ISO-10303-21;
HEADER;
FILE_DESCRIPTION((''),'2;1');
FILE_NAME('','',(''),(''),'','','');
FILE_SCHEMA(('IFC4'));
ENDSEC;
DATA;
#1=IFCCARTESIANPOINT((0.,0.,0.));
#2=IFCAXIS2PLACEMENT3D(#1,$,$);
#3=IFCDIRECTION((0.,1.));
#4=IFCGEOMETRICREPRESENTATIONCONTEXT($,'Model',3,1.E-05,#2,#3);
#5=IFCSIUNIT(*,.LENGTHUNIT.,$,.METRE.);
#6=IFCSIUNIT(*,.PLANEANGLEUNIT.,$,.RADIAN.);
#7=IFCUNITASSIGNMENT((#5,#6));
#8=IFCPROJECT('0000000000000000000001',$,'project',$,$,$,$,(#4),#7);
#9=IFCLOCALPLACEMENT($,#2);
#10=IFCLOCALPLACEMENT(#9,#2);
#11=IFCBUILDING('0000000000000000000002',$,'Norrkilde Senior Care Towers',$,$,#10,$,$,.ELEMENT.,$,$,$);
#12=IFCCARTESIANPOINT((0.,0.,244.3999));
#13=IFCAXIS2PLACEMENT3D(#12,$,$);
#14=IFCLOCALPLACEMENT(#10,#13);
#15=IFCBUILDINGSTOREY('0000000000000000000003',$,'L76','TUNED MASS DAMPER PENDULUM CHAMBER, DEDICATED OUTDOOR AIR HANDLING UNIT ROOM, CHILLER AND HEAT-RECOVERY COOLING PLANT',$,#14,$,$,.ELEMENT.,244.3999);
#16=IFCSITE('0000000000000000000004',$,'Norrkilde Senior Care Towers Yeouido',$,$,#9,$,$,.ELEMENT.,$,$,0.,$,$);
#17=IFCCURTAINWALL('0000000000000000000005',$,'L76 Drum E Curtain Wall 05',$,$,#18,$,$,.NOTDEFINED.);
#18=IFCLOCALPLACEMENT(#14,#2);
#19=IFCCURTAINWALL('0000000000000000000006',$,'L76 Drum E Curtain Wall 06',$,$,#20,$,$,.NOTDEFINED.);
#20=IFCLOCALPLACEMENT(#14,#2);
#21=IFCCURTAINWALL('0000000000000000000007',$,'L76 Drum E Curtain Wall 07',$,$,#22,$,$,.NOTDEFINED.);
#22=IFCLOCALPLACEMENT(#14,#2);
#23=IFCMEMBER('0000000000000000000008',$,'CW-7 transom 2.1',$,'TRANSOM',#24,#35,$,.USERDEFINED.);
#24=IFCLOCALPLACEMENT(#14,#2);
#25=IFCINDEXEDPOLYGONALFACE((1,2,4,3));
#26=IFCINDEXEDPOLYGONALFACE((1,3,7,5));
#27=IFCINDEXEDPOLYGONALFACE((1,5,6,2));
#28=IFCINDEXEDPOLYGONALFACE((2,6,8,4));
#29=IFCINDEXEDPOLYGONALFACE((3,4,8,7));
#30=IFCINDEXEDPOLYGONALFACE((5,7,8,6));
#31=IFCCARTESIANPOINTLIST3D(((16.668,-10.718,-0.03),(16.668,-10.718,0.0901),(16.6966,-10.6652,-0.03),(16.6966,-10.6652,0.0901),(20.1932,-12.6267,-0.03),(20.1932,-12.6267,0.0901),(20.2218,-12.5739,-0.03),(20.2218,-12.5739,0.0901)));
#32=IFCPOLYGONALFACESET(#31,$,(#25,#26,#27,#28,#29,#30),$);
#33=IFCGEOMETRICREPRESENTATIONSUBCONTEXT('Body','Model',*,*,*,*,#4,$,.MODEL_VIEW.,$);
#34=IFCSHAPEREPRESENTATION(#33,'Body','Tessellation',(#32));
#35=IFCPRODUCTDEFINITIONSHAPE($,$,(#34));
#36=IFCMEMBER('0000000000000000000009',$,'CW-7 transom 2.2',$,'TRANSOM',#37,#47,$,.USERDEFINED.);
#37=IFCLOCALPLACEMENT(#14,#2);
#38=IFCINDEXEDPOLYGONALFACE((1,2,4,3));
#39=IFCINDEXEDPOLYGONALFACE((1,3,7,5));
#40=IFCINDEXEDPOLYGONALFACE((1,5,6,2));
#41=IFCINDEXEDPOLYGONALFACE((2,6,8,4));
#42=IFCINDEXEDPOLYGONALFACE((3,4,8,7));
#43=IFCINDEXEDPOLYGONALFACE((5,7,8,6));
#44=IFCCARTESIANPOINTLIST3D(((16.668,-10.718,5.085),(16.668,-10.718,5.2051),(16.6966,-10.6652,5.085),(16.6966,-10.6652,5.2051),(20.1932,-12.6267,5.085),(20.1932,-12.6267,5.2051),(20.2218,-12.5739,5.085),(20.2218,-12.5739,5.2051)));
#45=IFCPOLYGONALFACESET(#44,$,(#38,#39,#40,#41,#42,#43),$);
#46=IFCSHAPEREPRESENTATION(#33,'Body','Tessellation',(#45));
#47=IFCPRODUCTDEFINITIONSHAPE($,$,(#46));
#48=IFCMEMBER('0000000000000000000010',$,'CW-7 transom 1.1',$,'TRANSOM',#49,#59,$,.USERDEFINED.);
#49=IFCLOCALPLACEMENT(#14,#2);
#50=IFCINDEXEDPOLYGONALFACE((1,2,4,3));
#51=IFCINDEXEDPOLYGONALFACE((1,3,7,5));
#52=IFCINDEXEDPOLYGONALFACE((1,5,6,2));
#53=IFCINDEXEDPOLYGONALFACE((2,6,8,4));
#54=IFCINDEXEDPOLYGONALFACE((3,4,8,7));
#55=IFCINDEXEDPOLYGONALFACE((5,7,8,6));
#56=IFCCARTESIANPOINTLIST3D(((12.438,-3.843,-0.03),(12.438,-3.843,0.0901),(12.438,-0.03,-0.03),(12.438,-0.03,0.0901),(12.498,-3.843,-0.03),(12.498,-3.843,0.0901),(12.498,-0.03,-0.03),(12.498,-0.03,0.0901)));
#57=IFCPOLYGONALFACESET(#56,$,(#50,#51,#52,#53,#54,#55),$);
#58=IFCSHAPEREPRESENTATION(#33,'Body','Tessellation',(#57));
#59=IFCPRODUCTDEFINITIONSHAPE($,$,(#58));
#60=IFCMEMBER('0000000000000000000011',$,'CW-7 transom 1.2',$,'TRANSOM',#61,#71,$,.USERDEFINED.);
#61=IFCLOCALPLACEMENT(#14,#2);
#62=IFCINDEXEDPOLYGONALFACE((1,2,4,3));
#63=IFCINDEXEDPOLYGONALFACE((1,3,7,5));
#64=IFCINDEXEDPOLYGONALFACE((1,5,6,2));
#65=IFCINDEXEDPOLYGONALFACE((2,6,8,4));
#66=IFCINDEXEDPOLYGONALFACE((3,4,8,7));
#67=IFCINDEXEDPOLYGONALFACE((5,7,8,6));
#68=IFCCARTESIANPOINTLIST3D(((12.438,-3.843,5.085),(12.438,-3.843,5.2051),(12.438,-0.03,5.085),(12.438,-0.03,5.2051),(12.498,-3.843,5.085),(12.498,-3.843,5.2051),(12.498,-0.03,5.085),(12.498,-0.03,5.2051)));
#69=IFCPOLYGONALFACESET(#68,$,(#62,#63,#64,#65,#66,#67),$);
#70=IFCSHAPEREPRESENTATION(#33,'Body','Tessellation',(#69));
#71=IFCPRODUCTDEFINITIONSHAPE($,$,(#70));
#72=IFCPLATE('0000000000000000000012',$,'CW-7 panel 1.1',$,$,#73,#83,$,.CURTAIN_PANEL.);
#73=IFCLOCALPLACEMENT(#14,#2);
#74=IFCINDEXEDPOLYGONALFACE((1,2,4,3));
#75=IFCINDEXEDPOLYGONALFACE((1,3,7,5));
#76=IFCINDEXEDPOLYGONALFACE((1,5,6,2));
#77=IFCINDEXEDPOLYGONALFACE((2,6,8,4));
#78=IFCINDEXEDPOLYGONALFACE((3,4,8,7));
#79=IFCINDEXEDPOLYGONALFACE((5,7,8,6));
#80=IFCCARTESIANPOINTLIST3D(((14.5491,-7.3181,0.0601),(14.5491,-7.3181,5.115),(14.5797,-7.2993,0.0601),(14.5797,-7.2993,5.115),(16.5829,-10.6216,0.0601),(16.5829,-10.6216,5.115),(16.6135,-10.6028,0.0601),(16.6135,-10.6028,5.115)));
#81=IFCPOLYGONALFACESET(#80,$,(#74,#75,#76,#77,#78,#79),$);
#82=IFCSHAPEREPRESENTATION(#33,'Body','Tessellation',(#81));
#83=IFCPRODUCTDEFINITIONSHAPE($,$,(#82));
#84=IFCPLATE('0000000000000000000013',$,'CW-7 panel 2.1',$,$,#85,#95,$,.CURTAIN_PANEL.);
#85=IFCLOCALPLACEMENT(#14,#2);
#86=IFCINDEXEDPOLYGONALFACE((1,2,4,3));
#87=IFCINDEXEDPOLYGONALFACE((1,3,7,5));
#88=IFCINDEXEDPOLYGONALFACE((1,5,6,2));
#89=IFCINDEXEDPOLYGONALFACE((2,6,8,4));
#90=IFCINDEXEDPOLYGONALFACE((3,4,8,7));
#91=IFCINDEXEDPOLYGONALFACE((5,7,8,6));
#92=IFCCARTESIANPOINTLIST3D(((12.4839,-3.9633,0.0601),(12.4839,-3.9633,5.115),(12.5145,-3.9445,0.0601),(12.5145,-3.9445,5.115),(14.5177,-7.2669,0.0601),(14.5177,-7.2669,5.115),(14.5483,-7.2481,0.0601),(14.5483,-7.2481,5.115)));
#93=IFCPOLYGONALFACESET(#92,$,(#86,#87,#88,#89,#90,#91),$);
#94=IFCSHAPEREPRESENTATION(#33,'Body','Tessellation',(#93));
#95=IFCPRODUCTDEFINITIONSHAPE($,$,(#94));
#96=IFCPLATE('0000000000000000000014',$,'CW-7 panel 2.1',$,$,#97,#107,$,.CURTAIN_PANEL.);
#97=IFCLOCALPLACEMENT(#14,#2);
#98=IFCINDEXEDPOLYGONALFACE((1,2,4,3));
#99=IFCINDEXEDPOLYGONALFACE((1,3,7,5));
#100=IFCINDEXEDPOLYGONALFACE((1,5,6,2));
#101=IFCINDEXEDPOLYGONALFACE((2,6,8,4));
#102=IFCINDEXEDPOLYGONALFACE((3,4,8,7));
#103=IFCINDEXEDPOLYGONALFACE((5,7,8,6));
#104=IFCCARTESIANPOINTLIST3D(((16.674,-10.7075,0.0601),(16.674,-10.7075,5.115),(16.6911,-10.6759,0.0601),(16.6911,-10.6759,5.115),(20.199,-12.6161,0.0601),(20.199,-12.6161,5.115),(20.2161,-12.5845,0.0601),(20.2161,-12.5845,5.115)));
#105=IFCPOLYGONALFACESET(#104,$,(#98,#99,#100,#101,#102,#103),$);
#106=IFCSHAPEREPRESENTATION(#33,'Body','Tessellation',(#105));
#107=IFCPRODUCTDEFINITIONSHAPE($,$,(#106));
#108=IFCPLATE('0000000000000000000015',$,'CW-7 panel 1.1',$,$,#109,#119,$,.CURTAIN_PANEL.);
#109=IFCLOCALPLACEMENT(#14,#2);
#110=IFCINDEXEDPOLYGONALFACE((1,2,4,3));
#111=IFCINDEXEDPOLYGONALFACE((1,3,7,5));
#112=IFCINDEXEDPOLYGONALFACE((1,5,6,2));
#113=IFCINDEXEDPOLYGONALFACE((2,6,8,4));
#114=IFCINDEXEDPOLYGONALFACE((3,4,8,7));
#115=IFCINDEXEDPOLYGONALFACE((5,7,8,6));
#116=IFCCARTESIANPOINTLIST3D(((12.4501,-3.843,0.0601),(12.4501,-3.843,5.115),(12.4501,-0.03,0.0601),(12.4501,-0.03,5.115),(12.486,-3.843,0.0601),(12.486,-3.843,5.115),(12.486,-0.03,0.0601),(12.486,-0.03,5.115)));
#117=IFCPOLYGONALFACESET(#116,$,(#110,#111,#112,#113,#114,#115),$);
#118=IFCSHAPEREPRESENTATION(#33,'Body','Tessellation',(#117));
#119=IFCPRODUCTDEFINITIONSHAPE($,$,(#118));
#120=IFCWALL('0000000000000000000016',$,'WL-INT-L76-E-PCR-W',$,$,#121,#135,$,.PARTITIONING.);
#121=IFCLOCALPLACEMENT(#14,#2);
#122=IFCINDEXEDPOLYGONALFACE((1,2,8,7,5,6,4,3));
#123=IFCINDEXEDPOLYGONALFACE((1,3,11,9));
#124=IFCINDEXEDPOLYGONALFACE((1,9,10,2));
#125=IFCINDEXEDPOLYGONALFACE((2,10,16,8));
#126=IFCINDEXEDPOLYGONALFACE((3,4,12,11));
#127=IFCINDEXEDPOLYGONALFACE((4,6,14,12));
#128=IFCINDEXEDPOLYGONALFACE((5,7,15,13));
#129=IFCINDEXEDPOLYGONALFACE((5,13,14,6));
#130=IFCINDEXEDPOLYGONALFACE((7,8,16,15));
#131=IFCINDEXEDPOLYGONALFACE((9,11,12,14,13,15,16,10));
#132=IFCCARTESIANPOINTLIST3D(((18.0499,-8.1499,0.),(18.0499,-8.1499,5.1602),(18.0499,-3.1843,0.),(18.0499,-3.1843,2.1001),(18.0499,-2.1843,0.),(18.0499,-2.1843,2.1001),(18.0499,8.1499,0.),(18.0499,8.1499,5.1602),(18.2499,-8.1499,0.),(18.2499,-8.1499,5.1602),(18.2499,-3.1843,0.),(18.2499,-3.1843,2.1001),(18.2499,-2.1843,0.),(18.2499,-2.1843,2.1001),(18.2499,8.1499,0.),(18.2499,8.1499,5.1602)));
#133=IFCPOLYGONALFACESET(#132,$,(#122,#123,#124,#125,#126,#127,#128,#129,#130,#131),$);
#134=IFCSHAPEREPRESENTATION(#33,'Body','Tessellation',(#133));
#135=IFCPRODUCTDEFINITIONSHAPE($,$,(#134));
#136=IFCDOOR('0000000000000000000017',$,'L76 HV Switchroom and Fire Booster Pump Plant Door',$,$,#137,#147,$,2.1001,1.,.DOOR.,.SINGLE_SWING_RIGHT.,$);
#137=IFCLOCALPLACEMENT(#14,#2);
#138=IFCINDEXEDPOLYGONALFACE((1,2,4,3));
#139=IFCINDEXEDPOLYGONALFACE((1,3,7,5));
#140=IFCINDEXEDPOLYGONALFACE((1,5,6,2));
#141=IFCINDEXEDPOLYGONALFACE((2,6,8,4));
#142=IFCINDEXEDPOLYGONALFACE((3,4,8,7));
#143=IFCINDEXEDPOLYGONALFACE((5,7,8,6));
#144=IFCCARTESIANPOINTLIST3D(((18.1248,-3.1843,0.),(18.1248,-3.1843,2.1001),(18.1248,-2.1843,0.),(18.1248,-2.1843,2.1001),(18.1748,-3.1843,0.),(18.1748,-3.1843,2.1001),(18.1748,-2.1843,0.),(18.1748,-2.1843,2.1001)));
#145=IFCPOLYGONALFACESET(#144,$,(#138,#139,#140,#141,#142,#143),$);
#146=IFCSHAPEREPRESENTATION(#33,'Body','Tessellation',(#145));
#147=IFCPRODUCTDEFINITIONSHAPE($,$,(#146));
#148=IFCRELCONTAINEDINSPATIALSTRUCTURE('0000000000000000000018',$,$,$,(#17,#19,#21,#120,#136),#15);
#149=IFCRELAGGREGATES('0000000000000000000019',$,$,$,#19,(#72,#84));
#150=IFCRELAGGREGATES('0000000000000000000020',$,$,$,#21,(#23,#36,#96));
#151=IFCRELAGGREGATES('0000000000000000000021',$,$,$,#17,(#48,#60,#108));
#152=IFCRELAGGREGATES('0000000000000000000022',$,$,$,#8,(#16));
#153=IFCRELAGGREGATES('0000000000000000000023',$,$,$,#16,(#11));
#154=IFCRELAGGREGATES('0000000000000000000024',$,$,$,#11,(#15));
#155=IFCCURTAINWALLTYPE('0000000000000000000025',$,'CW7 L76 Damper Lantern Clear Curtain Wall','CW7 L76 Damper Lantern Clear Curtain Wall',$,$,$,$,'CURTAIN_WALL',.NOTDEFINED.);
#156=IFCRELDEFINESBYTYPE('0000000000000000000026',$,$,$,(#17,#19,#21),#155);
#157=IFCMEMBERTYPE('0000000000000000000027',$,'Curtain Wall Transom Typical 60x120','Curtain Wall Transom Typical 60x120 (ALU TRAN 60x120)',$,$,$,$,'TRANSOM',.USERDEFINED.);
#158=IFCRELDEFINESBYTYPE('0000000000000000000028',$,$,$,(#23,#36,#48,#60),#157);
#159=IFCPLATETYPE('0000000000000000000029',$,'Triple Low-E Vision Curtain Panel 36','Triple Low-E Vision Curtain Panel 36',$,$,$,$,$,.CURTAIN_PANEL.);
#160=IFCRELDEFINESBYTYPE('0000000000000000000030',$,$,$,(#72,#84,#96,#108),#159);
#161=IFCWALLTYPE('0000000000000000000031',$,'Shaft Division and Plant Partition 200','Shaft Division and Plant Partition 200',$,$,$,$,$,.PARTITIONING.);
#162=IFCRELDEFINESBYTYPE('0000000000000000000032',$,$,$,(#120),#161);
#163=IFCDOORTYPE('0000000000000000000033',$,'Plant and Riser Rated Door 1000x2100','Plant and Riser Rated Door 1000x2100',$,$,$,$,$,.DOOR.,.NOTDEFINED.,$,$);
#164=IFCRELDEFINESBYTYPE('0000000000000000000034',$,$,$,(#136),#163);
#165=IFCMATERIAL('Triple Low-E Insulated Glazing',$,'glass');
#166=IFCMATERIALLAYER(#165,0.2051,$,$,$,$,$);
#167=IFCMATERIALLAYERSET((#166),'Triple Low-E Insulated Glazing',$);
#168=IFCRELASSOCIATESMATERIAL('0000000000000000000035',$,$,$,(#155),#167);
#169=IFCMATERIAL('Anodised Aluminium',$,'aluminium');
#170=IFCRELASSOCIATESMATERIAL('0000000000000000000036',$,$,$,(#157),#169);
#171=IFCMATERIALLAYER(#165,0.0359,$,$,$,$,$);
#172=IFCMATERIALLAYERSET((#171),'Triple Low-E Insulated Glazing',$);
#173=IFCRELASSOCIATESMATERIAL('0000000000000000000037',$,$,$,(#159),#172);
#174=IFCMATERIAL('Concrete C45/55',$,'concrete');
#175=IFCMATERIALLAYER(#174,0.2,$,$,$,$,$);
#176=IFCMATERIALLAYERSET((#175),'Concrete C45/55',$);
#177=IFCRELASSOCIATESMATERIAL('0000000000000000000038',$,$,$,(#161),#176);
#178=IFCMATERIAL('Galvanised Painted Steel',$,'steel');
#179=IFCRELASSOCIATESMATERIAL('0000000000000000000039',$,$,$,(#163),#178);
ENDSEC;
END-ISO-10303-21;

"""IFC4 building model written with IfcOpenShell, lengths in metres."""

from ifc_helpers import new_model, si_unit, direction, frame, frame_2d, origin, origin_2d, place, context, subcontext, project, spatial, rectangle, extrude, source, transform, mapped, material, layer, layer_set, material_profile, profile_set, type_object, type_shapes, element, fill, aggregate, save


model = new_model("IFC4")

# Units and contexts
model_context = context("Model", 3, precision=1e-05, world=origin(), true_north=direction((0.0, 1.0)))
body_context = subcontext(model_context, "Body", "Model", "MODEL_VIEW")
ifc_project = project(units=[si_unit("LENGTHUNIT", "METRE"), si_unit("PLANEANGLEUNIT", "RADIAN")], contexts=[model_context])

# Site, building, storey
site_placement = place(None, origin())
site = spatial("IfcSite", under=ifc_project, at=site_placement, Name="Norrkilde Senior Care Towers Yeouido", CompositionType="ELEMENT", RefElevation=0.0)
building_placement = place(site_placement, origin())
building = spatial("IfcBuilding", under=site, at=building_placement, Name="Norrkilde Senior Care Towers", CompositionType="ELEMENT")
storey_placement = place(building_placement, frame((0.0, 0.0, 244.3999)))
storey = spatial("IfcBuildingStorey", under=building, at=storey_placement, Name="L76", Description="TUNED MASS DAMPER PENDULUM CHAMBER, DEDICATED OUTDOOR AIR HANDLING UNIT ROOM, CHILLER AND HEAT-RECOVERY COOLING PLANT", CompositionType="ELEMENT", Elevation=244.3999)

# Curtain wall
ifc_material_1 = material(Name="Triple Low-E Insulated Glazing", Category="glass")
ifc_layer_1 = layer(ifc_material_1, 0.2051)
ifc_layer_set_1 = layer_set([ifc_layer_1], Name="Triple Low-E Insulated Glazing")
curtain_wall_type = type_object("IfcCurtainWallType", Name="CW7 L76 Damper Lantern Clear Curtain Wall", Description="CW7 L76 Damper Lantern Clear Curtain Wall", ElementType="CURTAIN_WALL", PredefinedType="NOTDEFINED", material=ifc_layer_set_1)
curtain_wall_1_placement = place(storey_placement, origin())
curtain_wall_1 = element("IfcCurtainWall", 1, at=curtain_wall_1_placement, inside=storey, type_object=curtain_wall_type, Name="L76 Drum E Curtain Wall 05", PredefinedType="NOTDEFINED")
ifc_material_2 = material(Name="Anodised Aluminium", Category="aluminium")

# Curtain walls
curtain_wall_2_placement = place(storey_placement, origin())
curtain_wall_2 = element("IfcCurtainWall", 2, at=curtain_wall_2_placement, inside=storey, type_object=curtain_wall_type, Name="L76 Drum E Curtain Wall 06", PredefinedType="NOTDEFINED")
curtain_wall_3_placement = place(storey_placement, origin())
curtain_wall_3 = element("IfcCurtainWall", 3, at=curtain_wall_3_placement, inside=storey, type_object=curtain_wall_type, Name="L76 Drum E Curtain Wall 07", PredefinedType="NOTDEFINED")

# Members
ifc_material_profile_1 = material_profile(ifc_material_2, rectangle(XDim=0.0601, YDim=0.1201, at=origin_2d()), Name="ALU TRAN 60x120")
ifc_profile_set_1 = profile_set([ifc_material_profile_1], Name="Anodised Aluminium")
member_type_1 = type_object("IfcMemberType", Name="Curtain Wall Transom Typical 60x120", Description="Curtain Wall Transom Typical 60x120 (ALU TRAN 60x120)", ElementType="TRANSOM", PredefinedType="USERDEFINED", material=ifc_profile_set_1)
shared_shape_1 = source(origin(), body_context, "Body", "SweptSolid", [
    extrude(rectangle(XDim=0.0601, YDim=0.1201, at=origin_2d()), origin(), (0.0, 0.0, 1.0), 4.0088),
])
member_1_placement = place(storey_placement, frame((20.2075, -12.6003, 0.03), z_axis=(-0.879372, 0.476136, 0.0), x_axis=(-0.476136, -0.879372, 0.0)))
member_1 = element("IfcMember", 4, at=member_1_placement, type_object=member_type_1, Name="CW-7 transom 2.1", ObjectType="TRANSOM", PredefinedType="USERDEFINED", context=body_context, shape_type="MappedRepresentation", body=[
    mapped(shared_shape_1, transform((0.0, 0.0, 0.0), x_axis=(1.0, 0.0, 0.0), y_axis=(0.0, 1.0, 0.0), z_axis=(0.0, 0.0, 1.0), scale=1.0)),
])
member_2_placement = place(storey_placement, frame((20.2075, -12.6003, 5.145), z_axis=(-0.879372, 0.476136, 0.0), x_axis=(-0.476136, -0.879372, 0.0)))
member_2 = element("IfcMember", 5, at=member_2_placement, type_object=member_type_1, Name="CW-7 transom 2.2", ObjectType="TRANSOM", PredefinedType="USERDEFINED", context=body_context, shape_type="MappedRepresentation", body=[
    mapped(shared_shape_1, transform((0.0, 0.0, 0.0), x_axis=(1.0, 0.0, 0.0), y_axis=(0.0, 1.0, 0.0), z_axis=(0.0, 0.0, 1.0), scale=1.0)),
])
shared_shape_2 = source(origin(), body_context, "Body", "SweptSolid", [
    extrude(rectangle(XDim=0.0601, YDim=0.1201, at=origin_2d()), origin(), (0.0, 0.0, 1.0), 3.813),
])
member_3_placement = place(storey_placement, frame((12.468, -3.843, 0.03), z_axis=(0.0, 1.0, 0.0), x_axis=(-1.0, 0.0, 0.0)))
member_3 = element("IfcMember", 6, at=member_3_placement, type_object=member_type_1, Name="CW-7 transom 1.1", ObjectType="TRANSOM", PredefinedType="USERDEFINED", context=body_context, shape_type="MappedRepresentation", body=[
    mapped(shared_shape_2, transform((0.0, 0.0, 0.0), x_axis=(1.0, 0.0, 0.0), y_axis=(0.0, 1.0, 0.0), z_axis=(0.0, 0.0, 1.0), scale=1.0)),
])
member_4_placement = place(storey_placement, frame((12.468, -3.843, 5.145), z_axis=(0.0, 1.0, 0.0), x_axis=(-1.0, 0.0, 0.0)))
member_4 = element("IfcMember", 7, at=member_4_placement, type_object=member_type_1, Name="CW-7 transom 1.2", ObjectType="TRANSOM", PredefinedType="USERDEFINED", context=body_context, shape_type="MappedRepresentation", body=[
    mapped(shared_shape_2, transform((0.0, 0.0, 0.0), x_axis=(1.0, 0.0, 0.0), y_axis=(0.0, 1.0, 0.0), z_axis=(0.0, 0.0, 1.0), scale=1.0)),
])

# Plates
ifc_layer_2 = layer(ifc_material_1, 0.0359)
ifc_layer_set_2 = layer_set([ifc_layer_2], Name="Triple Low-E Insulated Glazing")
plate_type = type_object("IfcPlateType", Name="Triple Low-E Vision Curtain Panel 36", Description="Triple Low-E Vision Curtain Panel 36", PredefinedType="CURTAIN_PANEL", material=ifc_layer_set_2)
shared_shape_3 = source(origin(), body_context, "Body", "SweptSolid", [
    extrude(rectangle(XDim=3.8794, YDim=0.0359, at=origin_2d()), origin(), (0.0, 0.0, 1.0), 5.0549),
])
plate_1_placement = place(storey_placement, frame((15.5813, -8.9604, 0.0601), z_axis=(0.0, 0.0, 1.0), x_axis=(-0.524253, 0.851563, 0.0)))
plate_1 = element("IfcPlate", 8, at=plate_1_placement, type_object=plate_type, Name="CW-7 panel 1.1", PredefinedType="CURTAIN_PANEL", context=body_context, shape_type="MappedRepresentation", body=[
    mapped(shared_shape_3, transform((0.0, 0.0, 0.0), x_axis=(1.0, 0.0, 0.0), y_axis=(0.0, 1.0, 0.0), z_axis=(0.0, 0.0, 1.0), scale=1.0)),
])
plate_2_placement = place(storey_placement, frame((13.5161, -5.6057, 0.0601), z_axis=(0.0, 0.0, 1.0), x_axis=(-0.524253, 0.851563, 0.0)))
plate_2 = element("IfcPlate", 9, at=plate_2_placement, type_object=plate_type, Name="CW-7 panel 2.1", PredefinedType="CURTAIN_PANEL", context=body_context, shape_type="MappedRepresentation", body=[
    mapped(shared_shape_3, transform((0.0, 0.0, 0.0), x_axis=(1.0, 0.0, 0.0), y_axis=(0.0, 1.0, 0.0), z_axis=(0.0, 0.0, 1.0), scale=1.0)),
])
aggregate(curtain_wall_2, [plate_1, plate_2])
shared_shape_4 = source(origin(), body_context, "Body", "SweptSolid", [
    extrude(rectangle(XDim=4.0085, YDim=0.0359, at=origin_2d()), origin(), (0.0, 0.0, 1.0), 5.0549),
])
plate_3_placement = place(storey_placement, frame((18.4451, -11.646, 0.0601), z_axis=(0.0, 0.0, 1.0), x_axis=(-0.879373, 0.476133, 0.0)))
plate_3 = element("IfcPlate", 10, at=plate_3_placement, type_object=plate_type, Name="CW-7 panel 2.1", PredefinedType="CURTAIN_PANEL", context=body_context, shape_type="MappedRepresentation", body=[
    mapped(shared_shape_4, transform((0.0, 0.0, 0.0), x_axis=(1.0, 0.0, 0.0), y_axis=(0.0, 1.0, 0.0), z_axis=(0.0, 0.0, 1.0), scale=1.0)),
])
aggregate(curtain_wall_3, [member_1, member_2, plate_3])
shared_shape_5 = source(origin(), body_context, "Body", "SweptSolid", [
    extrude(rectangle(XDim=3.813, YDim=0.0359, at=origin_2d()), origin(), (0.0, 0.0, 1.0), 5.0549),
])
type_shapes(plate_type, [shared_shape_3, shared_shape_4, shared_shape_5])
plate_4_placement = place(storey_placement, frame((12.468, -1.9365, 0.0601), z_axis=(0.0, 0.0, 1.0), x_axis=(0.0, 1.0, 0.0)))
plate_4 = element("IfcPlate", 11, at=plate_4_placement, type_object=plate_type, Name="CW-7 panel 1.1", PredefinedType="CURTAIN_PANEL", context=body_context, shape_type="MappedRepresentation", body=[
    mapped(shared_shape_5, transform((0.0, 0.0, 0.0), x_axis=(1.0, 0.0, 0.0), y_axis=(0.0, 1.0, 0.0), z_axis=(0.0, 0.0, 1.0), scale=1.0)),
])
aggregate(curtain_wall_1, [member_3, member_4, plate_4])

# Wall, opening, door
ifc_material_3 = material(Name="Concrete C45/55", Category="concrete")
ifc_layer_3 = layer(ifc_material_3, 0.2)
ifc_layer_set_3 = layer_set([ifc_layer_3], Name="Concrete C45/55")
wall_type = type_object("IfcWallType", Name="Shaft Division and Plant Partition 200", Description="Shaft Division and Plant Partition 200", PredefinedType="PARTITIONING", material=ifc_layer_set_3)
shared_shape_6 = source(origin(), body_context, "Body", "SweptSolid", [
    extrude(rectangle(XDim=16.2998, YDim=0.2, at=frame_2d((8.1499, 0.0))), origin(), (0.0, 0.0, 1.0), 5.1602),
])
type_shapes(wall_type, [shared_shape_6])
wall_placement = place(storey_placement, frame((18.1499, -8.1499, 0.0), z_axis=(0.0, 0.0, 1.0), x_axis=(0.0, 1.0, 0.0)))
wall = element("IfcWall", 12, at=wall_placement, inside=storey, type_object=wall_type, Name="WL-INT-L76-E-PCR-W", PredefinedType="PARTITIONING", context=body_context, shape_type="MappedRepresentation", body=[
    mapped(shared_shape_6, transform((0.0, 0.0, 0.0), x_axis=(1.0, 0.0, 0.0), y_axis=(0.0, 1.0, 0.0), z_axis=(0.0, 0.0, 1.0), scale=1.0)),
])
opening_placement = place(wall_placement, frame((4.9656, 0.0, 0.0)))
opening = element("IfcOpeningElement", 13, at=opening_placement, cuts=wall, PredefinedType="OPENING", context=body_context, shape_type="SweptSolid", body=[
    extrude(rectangle(XDim=1.0, YDim=2.1001, at=frame_2d((0.5, 1.05))), frame((0.0, 0.1099, 0.0), z_axis=(0.0, -1.0, 0.0), x_axis=(1.0, 0.0, 0.0)), (0.0, 0.0, 1.0), 0.22),
])
ifc_material_4 = material(Name="Galvanised Painted Steel", Category="steel")
door_type = type_object("IfcDoorType", Name="Plant and Riser Rated Door 1000x2100", Description="Plant and Riser Rated Door 1000x2100", OperationType="NOTDEFINED", PredefinedType="DOOR", material=ifc_material_4)
shared_shape_7 = source(origin(), body_context, "Body", "SweptSolid", [
    extrude(rectangle(XDim=1.0, YDim=2.1001, at=frame_2d((0.5, 1.05))), frame((0.0, 0.0249, 0.0), z_axis=(0.0, -1.0, 0.0), x_axis=(1.0, 0.0, 0.0)), (0.0, 0.0, 1.0), 0.05),
])
type_shapes(door_type, [shared_shape_7])
door_placement = place(opening_placement, frame((1.0, 0.0, 0.0), z_axis=(0.0, 0.0, 1.0), x_axis=(-1.0, 0.0, 0.0)))
door = element("IfcDoor", 14, at=door_placement, inside=storey, type_object=door_type, Name="L76 HV Switchroom and Fire Booster Pump Plant Door", OperationType="SINGLE_SWING_RIGHT", OverallHeight=2.1001, OverallWidth=1.0, PredefinedType="DOOR", context=body_context, shape_type="MappedRepresentation", body=[
    mapped(shared_shape_7, transform((0.0, 0.0, 0.0), x_axis=(1.0, 0.0, 0.0), y_axis=(0.0, 1.0, 0.0), z_axis=(0.0, 0.0, 1.0), scale=1.0)),
])
fill(opening, door)

save(model, "model.ifc")
